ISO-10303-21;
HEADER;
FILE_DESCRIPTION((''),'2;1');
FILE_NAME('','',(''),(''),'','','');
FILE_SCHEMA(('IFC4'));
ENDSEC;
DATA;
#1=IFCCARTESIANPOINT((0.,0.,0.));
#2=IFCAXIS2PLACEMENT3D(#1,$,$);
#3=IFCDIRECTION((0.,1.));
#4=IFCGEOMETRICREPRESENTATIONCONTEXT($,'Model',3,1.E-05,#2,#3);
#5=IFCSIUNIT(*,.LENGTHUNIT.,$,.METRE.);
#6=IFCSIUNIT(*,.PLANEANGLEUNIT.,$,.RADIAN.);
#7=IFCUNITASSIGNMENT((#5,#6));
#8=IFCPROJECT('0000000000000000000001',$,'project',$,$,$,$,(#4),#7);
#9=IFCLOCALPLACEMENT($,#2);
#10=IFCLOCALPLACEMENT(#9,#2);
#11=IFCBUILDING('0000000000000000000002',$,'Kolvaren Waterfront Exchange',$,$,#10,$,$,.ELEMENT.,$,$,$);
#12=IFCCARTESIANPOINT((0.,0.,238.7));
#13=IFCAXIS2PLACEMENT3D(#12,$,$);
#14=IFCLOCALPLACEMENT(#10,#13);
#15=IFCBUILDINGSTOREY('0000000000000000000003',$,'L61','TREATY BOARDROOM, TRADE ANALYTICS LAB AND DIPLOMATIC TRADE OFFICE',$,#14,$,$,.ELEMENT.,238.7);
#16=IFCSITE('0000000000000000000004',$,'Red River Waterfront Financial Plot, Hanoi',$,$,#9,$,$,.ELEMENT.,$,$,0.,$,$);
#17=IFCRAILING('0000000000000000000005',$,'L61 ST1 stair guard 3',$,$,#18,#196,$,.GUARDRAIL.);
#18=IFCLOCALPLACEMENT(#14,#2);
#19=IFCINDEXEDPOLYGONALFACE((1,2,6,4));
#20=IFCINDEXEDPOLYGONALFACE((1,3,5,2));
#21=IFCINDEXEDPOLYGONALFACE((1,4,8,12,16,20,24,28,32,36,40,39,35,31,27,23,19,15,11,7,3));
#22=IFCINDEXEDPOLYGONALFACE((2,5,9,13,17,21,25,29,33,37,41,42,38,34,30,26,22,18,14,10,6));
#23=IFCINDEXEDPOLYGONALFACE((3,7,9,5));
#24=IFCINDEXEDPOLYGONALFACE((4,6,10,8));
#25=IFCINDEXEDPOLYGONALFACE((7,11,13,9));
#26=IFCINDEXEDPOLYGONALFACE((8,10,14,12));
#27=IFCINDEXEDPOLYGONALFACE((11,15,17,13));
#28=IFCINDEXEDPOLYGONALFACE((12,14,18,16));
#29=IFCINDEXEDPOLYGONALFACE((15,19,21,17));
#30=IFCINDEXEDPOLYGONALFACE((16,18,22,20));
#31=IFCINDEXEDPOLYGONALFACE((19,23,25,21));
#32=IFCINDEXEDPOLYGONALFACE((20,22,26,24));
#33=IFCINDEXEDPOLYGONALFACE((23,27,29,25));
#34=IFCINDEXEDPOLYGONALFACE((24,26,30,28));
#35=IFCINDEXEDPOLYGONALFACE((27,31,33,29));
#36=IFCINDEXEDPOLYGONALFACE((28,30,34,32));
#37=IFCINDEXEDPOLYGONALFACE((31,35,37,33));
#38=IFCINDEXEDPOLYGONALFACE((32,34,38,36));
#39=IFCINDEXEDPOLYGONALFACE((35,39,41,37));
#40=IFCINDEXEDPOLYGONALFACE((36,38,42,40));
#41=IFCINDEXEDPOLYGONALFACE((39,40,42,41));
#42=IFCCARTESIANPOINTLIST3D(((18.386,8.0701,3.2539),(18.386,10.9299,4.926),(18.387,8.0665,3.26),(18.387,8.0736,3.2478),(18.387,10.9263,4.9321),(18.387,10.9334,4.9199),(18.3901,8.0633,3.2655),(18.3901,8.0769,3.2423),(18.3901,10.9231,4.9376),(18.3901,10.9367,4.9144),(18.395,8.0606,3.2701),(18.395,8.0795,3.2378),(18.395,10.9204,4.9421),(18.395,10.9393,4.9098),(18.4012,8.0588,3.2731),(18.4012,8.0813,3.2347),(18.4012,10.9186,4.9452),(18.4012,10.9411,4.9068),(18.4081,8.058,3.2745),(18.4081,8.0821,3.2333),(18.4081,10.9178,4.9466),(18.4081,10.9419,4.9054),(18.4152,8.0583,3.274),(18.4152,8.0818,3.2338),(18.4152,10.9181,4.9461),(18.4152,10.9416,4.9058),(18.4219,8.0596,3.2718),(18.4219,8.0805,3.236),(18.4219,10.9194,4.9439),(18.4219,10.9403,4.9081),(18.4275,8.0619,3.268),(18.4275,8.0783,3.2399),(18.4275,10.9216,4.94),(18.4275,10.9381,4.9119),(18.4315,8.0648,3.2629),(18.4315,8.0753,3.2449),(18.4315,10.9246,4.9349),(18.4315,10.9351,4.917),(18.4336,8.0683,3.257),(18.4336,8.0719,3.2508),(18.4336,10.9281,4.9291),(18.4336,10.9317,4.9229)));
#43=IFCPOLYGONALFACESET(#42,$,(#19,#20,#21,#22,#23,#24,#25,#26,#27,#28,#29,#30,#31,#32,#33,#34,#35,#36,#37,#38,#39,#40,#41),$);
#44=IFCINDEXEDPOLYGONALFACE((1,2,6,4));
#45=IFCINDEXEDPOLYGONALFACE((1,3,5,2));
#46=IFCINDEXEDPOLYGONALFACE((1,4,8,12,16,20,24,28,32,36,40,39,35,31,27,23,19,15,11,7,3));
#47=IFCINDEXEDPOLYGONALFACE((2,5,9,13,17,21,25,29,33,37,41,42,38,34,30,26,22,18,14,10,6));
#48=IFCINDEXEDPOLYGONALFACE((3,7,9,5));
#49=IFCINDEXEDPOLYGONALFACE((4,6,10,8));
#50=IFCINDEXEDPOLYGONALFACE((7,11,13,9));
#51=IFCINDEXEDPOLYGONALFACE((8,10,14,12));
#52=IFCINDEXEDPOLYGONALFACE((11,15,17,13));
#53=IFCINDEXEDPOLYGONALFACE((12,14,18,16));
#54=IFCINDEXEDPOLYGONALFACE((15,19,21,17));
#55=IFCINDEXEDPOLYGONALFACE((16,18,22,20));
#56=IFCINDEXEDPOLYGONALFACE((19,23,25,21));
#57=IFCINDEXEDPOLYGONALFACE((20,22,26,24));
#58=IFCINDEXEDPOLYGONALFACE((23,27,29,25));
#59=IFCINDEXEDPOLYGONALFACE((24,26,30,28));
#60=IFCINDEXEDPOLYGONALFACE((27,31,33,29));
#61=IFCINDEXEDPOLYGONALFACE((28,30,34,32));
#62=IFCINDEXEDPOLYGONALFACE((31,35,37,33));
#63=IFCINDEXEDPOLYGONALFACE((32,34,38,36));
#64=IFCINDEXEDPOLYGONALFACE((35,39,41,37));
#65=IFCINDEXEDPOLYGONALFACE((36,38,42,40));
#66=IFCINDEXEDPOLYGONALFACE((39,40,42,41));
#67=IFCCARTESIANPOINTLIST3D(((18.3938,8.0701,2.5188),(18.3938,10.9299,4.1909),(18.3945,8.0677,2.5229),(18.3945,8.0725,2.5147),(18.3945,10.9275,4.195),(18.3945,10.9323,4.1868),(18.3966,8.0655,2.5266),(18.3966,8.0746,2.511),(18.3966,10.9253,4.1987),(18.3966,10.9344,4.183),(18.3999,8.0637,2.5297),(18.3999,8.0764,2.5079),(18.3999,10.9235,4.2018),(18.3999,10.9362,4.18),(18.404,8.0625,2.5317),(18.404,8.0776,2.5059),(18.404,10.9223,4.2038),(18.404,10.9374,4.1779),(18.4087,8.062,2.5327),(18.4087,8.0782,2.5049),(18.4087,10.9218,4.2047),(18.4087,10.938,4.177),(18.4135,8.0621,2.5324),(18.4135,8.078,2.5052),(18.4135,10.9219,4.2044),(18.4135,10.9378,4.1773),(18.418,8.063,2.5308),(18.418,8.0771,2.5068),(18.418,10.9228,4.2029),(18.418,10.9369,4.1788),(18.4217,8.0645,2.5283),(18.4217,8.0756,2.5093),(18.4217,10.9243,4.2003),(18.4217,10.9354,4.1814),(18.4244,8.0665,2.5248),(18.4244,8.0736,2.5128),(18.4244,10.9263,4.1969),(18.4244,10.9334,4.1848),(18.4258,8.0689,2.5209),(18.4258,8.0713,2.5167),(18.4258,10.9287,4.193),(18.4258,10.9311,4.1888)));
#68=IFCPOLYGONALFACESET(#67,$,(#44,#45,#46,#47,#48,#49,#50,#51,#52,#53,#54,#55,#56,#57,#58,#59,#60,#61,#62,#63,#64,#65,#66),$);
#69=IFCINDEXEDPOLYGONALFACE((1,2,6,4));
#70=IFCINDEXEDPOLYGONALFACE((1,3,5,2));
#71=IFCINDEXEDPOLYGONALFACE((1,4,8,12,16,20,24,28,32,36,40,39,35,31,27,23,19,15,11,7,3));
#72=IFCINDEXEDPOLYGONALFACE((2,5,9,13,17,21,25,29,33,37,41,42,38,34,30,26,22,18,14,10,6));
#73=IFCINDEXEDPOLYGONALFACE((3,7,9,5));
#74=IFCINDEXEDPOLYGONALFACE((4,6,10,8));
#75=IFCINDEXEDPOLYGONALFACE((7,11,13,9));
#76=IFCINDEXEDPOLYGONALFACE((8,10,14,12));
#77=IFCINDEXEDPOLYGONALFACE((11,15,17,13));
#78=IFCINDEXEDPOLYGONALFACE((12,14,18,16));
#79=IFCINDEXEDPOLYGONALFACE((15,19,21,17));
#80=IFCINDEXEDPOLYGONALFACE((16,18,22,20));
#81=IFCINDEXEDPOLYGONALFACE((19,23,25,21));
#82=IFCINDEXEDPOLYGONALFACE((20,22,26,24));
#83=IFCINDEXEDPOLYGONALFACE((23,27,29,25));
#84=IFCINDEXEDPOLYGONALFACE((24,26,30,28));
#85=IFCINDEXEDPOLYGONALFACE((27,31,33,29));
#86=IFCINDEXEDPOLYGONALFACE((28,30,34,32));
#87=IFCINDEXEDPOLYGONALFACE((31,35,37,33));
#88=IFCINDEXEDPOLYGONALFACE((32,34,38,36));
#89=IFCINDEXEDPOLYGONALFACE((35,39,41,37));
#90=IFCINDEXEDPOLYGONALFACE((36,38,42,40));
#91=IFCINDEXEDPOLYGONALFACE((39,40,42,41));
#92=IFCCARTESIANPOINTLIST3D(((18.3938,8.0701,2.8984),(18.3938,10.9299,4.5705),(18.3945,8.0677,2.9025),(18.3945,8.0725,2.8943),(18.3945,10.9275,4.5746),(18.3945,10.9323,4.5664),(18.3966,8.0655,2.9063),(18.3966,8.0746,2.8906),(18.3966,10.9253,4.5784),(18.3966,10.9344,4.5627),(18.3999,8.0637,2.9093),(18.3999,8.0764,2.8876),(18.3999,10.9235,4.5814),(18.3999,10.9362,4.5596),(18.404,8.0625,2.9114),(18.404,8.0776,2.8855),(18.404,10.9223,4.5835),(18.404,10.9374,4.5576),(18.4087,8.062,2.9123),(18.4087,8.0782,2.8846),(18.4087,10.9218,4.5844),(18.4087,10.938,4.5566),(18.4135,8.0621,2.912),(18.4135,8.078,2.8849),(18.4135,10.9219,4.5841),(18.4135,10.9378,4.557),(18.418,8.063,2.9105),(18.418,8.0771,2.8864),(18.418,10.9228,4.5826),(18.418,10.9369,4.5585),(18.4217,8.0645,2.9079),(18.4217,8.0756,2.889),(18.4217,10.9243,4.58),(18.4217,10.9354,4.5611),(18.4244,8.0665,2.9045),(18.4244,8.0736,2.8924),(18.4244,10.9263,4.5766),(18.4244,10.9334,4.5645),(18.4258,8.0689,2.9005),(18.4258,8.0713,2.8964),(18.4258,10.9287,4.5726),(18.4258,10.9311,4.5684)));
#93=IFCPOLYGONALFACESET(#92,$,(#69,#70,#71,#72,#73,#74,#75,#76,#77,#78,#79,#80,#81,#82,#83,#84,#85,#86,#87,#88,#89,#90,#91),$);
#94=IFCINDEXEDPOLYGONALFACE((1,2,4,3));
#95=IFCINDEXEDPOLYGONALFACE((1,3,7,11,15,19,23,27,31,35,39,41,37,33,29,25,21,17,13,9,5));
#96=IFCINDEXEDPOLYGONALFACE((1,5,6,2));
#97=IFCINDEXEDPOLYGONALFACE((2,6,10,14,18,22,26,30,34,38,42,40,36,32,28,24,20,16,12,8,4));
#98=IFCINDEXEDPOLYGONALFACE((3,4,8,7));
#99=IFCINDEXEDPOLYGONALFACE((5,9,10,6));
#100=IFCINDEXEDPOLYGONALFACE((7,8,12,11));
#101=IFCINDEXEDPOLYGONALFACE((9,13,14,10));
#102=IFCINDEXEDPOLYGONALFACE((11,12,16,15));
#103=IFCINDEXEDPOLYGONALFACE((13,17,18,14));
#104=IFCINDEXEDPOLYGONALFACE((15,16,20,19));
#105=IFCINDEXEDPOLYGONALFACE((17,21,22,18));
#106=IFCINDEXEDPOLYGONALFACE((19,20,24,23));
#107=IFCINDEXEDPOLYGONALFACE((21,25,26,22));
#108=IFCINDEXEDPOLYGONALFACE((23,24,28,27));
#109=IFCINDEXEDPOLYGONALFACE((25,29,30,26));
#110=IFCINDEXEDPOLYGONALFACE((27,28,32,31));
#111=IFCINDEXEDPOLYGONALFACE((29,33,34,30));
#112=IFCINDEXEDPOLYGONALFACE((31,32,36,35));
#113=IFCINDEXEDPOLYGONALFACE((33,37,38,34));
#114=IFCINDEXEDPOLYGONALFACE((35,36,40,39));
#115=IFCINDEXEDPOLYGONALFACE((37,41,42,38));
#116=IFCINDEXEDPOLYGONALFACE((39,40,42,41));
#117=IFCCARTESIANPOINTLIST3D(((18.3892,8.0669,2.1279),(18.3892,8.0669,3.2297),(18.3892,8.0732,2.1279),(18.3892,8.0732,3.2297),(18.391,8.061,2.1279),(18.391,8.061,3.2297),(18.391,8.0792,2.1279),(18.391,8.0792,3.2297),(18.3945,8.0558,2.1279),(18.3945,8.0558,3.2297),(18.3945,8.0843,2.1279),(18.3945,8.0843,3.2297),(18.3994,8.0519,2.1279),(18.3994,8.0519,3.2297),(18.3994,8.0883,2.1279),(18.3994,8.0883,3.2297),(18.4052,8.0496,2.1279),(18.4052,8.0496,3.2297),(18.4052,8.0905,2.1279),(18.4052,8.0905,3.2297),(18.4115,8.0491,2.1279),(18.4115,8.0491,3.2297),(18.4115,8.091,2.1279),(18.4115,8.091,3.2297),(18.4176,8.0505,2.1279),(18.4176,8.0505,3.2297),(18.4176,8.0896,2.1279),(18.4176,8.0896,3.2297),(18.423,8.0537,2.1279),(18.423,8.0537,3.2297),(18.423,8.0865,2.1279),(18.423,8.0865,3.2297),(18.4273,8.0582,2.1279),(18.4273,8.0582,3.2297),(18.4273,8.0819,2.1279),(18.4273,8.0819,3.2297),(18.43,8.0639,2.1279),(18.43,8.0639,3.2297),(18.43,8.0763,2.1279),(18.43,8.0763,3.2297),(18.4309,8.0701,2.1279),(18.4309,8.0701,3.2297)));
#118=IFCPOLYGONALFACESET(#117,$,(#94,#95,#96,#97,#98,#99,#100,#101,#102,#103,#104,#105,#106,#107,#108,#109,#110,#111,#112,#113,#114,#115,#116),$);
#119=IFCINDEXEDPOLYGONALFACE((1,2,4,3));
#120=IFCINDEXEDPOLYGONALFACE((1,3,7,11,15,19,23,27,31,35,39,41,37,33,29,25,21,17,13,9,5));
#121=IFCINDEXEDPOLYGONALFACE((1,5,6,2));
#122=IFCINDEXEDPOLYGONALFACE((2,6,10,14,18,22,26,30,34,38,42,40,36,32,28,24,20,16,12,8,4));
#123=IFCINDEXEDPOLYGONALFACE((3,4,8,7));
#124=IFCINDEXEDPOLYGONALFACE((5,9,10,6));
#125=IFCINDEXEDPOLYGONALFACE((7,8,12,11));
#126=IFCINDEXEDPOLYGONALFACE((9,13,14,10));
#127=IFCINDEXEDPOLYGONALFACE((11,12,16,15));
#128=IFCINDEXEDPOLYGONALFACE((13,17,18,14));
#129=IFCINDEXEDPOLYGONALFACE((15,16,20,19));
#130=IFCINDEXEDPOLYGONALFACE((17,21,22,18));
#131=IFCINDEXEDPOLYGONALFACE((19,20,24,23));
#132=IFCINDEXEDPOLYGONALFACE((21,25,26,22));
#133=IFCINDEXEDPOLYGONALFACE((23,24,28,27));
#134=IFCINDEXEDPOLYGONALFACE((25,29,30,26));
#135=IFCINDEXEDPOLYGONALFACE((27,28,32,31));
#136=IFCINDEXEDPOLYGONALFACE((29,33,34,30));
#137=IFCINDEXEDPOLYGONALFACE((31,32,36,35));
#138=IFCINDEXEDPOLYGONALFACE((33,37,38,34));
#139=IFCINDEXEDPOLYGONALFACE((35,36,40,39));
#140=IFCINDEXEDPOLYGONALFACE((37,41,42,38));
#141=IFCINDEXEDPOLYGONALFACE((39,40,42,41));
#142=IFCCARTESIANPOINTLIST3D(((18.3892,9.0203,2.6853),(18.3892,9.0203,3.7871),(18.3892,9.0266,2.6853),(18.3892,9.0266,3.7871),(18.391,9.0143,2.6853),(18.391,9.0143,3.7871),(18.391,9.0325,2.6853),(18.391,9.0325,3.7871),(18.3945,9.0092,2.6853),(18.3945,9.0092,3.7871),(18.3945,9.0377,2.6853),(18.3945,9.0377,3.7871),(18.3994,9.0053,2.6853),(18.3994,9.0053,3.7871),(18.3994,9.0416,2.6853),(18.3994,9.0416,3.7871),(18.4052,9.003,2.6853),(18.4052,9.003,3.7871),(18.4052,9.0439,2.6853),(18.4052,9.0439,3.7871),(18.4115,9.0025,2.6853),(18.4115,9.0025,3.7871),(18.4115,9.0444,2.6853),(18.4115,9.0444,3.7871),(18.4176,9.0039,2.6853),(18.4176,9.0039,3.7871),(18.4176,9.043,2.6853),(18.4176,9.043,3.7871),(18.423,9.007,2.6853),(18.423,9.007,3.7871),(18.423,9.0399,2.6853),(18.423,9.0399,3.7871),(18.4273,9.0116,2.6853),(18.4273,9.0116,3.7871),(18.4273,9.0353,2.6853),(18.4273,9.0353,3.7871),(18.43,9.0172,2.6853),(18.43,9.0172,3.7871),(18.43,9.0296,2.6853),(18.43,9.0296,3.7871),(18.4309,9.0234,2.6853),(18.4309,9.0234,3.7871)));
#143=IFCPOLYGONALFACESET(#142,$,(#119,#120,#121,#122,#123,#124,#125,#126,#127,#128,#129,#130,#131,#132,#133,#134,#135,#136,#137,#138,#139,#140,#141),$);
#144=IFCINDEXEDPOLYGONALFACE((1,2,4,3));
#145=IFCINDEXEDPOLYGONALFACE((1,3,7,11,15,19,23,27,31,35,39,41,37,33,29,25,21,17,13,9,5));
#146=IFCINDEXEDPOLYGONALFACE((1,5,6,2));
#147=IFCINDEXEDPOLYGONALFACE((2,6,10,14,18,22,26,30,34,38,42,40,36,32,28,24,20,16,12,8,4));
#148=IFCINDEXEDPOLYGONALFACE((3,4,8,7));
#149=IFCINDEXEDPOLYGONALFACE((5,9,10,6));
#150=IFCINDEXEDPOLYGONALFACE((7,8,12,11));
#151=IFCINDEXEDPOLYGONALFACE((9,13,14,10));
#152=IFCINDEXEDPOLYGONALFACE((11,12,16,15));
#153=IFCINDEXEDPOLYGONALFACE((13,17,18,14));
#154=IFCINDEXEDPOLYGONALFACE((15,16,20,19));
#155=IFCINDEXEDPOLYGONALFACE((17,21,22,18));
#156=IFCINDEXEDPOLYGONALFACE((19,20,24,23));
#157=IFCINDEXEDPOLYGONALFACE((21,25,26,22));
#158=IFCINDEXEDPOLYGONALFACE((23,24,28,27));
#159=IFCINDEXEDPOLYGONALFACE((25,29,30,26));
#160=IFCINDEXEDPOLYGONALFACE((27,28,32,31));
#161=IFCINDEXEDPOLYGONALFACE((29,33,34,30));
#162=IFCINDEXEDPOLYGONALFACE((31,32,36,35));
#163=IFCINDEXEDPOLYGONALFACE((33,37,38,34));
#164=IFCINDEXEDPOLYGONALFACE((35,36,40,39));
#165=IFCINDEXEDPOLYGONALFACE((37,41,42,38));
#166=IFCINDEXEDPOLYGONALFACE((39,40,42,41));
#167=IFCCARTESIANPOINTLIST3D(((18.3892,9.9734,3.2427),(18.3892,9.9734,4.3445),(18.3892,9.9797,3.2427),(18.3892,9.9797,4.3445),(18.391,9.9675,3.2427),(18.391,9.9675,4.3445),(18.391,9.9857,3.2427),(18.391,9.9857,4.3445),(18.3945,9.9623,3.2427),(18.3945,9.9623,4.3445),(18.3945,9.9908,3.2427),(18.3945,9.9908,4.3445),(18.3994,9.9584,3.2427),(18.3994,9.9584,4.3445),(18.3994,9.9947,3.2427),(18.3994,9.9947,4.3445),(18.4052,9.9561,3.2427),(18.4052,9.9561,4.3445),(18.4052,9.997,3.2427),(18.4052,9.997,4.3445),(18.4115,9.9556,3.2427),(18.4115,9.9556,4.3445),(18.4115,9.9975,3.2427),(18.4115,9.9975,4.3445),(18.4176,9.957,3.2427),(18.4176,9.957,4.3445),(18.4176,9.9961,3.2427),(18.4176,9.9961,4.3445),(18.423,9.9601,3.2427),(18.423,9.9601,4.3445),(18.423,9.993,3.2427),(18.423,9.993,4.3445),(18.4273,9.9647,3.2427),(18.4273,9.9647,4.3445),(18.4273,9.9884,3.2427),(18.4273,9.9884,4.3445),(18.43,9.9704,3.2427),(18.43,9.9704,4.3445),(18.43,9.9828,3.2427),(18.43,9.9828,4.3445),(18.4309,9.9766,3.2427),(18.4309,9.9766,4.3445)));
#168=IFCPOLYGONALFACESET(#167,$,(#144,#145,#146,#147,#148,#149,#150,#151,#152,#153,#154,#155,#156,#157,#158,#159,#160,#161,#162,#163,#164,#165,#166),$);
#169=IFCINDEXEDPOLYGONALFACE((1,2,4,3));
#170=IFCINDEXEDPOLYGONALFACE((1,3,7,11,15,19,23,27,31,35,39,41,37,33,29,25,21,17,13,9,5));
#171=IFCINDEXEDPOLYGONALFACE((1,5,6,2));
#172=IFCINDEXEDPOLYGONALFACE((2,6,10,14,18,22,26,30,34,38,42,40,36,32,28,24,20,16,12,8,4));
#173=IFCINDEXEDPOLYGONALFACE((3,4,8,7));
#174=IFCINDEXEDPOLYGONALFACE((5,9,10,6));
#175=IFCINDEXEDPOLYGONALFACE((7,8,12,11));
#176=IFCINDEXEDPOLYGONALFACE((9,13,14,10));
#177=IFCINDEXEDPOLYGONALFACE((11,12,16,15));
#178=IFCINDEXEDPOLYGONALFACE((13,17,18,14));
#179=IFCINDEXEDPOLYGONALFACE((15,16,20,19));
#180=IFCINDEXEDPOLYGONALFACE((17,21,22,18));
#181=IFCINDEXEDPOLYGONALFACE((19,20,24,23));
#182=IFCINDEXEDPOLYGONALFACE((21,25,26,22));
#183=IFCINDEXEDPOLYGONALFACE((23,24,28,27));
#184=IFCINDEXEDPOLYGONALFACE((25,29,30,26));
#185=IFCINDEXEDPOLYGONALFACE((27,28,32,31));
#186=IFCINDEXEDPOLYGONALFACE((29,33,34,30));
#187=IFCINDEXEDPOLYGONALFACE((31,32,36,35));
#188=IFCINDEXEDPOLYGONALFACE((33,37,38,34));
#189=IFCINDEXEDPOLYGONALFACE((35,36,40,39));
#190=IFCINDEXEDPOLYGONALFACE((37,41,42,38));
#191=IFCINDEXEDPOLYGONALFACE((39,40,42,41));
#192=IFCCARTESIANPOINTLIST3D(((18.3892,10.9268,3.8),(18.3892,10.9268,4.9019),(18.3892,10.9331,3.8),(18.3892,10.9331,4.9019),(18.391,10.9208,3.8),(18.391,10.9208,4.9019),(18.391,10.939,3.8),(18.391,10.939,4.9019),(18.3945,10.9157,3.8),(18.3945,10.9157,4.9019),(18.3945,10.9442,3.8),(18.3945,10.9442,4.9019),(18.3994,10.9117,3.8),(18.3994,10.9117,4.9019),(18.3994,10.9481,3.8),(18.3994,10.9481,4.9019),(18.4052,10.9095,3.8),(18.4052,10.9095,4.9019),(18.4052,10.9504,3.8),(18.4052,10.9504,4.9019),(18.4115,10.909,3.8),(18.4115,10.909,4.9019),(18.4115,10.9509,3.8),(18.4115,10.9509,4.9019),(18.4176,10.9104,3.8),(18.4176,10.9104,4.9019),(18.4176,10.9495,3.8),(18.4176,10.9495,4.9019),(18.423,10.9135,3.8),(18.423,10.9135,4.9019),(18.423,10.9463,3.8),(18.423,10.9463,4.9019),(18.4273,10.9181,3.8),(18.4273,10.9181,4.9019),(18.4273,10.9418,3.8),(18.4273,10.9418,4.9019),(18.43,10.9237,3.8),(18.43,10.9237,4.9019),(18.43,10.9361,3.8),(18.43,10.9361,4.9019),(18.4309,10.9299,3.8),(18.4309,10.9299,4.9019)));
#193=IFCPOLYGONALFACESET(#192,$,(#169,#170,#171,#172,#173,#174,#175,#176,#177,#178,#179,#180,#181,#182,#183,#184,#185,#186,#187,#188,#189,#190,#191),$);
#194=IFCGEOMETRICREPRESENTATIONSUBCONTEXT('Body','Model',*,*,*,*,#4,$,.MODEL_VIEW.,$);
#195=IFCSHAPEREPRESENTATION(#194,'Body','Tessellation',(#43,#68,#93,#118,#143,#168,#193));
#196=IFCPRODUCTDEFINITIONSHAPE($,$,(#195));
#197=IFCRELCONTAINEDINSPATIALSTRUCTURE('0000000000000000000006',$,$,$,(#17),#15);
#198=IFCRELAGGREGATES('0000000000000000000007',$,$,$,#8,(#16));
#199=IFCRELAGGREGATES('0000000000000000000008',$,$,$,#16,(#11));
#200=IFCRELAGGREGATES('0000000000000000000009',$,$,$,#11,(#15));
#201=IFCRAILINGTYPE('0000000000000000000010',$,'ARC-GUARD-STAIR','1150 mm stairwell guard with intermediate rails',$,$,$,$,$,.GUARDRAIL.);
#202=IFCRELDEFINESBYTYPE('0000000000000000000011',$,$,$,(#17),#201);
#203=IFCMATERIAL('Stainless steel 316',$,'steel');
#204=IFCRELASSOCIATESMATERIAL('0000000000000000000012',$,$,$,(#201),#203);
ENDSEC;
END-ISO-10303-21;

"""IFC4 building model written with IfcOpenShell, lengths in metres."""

from ifc_helpers import new_model, si_unit, direction, frame, origin, origin_2d, place, context, subcontext, project, spatial, circle, extrude, material, type_object, element, save


model = new_model("IFC4")

# Units and contexts
model_context = context("Model", 3, precision=1e-05, world=origin(), true_north=direction((0.0, 1.0)))
body_context = subcontext(model_context, "Body", "Model", "MODEL_VIEW")
ifc_project = project(units=[si_unit("LENGTHUNIT", "METRE"), si_unit("PLANEANGLEUNIT", "RADIAN")], contexts=[model_context])

# Site, building, storey
site_placement = place(None, origin())
site = spatial("IfcSite", under=ifc_project, at=site_placement, Name="Red River Waterfront Financial Plot, Hanoi", CompositionType="ELEMENT", RefElevation=0.0)
building_placement = place(site_placement, origin())
building = spatial("IfcBuilding", under=site, at=building_placement, Name="Kolvaren Waterfront Exchange", CompositionType="ELEMENT")
storey_placement = place(building_placement, frame((0.0, 0.0, 238.7)))
storey = spatial("IfcBuildingStorey", under=building, at=storey_placement, Name="L61", Description="TREATY BOARDROOM, TRADE ANALYTICS LAB AND DIPLOMATIC TRADE OFFICE", CompositionType="ELEMENT", Elevation=238.7)

# Railing
ifc_material_1 = material(Name="Stainless steel 316", Category="steel")
railing_type_1 = type_object("IfcRailingType", Name="ARC-GUARD-STAIR", Description="1150 mm stairwell guard with intermediate rails", PredefinedType="GUARDRAIL", material=ifc_material_1)
railing_1_placement = place(storey_placement, frame((18.4099, 8.0701, 2.1279)))
element("IfcRailing", 1, at=railing_1_placement, inside=storey, type_object=railing_type_1, Name="L61 ST1 stair guard 3", PredefinedType="GUARDRAIL", context=body_context, shape_type="SweptSolid", body=[
    extrude(circle(Radius=0.0239, at=origin_2d()), frame((0.0, 0.0, 1.126), z_axis=(0.0, 0.863271, 0.504741), x_axis=(-1.0, 0.0, 0.0)), (0.0, 0.0, 1.0), 3.3127),
    extrude(circle(Radius=0.0161, at=origin_2d()), frame((0.0, 0.0, 0.3909), z_axis=(0.0, 0.863271, 0.504741), x_axis=(-1.0, 0.0, 0.0)), (0.0, 0.0, 1.0), 3.3127),
    extrude(circle(Radius=0.0161, at=origin_2d()), frame((0.0, 0.0, 0.7705), z_axis=(0.0, 0.863271, 0.504741), x_axis=(-1.0, 0.0, 0.0)), (0.0, 0.0, 1.0), 3.3127),
    extrude(circle(Radius=0.021, at=origin_2d()), origin(), (0.0, 0.0, 1.0), 1.1018),
    extrude(circle(Radius=0.021, at=origin_2d()), frame((0.0, 0.9534, 0.5574)), (0.0, 0.0, 1.0), 1.1018),
    extrude(circle(Radius=0.021, at=origin_2d()), frame((0.0, 1.9065, 1.1147)), (0.0, 0.0, 1.0), 1.1018),
    extrude(circle(Radius=0.021, at=origin_2d()), frame((0.0, 2.8599, 1.6721)), (0.0, 0.0, 1.0), 1.1018),
])

save(model, "model.ifc")
